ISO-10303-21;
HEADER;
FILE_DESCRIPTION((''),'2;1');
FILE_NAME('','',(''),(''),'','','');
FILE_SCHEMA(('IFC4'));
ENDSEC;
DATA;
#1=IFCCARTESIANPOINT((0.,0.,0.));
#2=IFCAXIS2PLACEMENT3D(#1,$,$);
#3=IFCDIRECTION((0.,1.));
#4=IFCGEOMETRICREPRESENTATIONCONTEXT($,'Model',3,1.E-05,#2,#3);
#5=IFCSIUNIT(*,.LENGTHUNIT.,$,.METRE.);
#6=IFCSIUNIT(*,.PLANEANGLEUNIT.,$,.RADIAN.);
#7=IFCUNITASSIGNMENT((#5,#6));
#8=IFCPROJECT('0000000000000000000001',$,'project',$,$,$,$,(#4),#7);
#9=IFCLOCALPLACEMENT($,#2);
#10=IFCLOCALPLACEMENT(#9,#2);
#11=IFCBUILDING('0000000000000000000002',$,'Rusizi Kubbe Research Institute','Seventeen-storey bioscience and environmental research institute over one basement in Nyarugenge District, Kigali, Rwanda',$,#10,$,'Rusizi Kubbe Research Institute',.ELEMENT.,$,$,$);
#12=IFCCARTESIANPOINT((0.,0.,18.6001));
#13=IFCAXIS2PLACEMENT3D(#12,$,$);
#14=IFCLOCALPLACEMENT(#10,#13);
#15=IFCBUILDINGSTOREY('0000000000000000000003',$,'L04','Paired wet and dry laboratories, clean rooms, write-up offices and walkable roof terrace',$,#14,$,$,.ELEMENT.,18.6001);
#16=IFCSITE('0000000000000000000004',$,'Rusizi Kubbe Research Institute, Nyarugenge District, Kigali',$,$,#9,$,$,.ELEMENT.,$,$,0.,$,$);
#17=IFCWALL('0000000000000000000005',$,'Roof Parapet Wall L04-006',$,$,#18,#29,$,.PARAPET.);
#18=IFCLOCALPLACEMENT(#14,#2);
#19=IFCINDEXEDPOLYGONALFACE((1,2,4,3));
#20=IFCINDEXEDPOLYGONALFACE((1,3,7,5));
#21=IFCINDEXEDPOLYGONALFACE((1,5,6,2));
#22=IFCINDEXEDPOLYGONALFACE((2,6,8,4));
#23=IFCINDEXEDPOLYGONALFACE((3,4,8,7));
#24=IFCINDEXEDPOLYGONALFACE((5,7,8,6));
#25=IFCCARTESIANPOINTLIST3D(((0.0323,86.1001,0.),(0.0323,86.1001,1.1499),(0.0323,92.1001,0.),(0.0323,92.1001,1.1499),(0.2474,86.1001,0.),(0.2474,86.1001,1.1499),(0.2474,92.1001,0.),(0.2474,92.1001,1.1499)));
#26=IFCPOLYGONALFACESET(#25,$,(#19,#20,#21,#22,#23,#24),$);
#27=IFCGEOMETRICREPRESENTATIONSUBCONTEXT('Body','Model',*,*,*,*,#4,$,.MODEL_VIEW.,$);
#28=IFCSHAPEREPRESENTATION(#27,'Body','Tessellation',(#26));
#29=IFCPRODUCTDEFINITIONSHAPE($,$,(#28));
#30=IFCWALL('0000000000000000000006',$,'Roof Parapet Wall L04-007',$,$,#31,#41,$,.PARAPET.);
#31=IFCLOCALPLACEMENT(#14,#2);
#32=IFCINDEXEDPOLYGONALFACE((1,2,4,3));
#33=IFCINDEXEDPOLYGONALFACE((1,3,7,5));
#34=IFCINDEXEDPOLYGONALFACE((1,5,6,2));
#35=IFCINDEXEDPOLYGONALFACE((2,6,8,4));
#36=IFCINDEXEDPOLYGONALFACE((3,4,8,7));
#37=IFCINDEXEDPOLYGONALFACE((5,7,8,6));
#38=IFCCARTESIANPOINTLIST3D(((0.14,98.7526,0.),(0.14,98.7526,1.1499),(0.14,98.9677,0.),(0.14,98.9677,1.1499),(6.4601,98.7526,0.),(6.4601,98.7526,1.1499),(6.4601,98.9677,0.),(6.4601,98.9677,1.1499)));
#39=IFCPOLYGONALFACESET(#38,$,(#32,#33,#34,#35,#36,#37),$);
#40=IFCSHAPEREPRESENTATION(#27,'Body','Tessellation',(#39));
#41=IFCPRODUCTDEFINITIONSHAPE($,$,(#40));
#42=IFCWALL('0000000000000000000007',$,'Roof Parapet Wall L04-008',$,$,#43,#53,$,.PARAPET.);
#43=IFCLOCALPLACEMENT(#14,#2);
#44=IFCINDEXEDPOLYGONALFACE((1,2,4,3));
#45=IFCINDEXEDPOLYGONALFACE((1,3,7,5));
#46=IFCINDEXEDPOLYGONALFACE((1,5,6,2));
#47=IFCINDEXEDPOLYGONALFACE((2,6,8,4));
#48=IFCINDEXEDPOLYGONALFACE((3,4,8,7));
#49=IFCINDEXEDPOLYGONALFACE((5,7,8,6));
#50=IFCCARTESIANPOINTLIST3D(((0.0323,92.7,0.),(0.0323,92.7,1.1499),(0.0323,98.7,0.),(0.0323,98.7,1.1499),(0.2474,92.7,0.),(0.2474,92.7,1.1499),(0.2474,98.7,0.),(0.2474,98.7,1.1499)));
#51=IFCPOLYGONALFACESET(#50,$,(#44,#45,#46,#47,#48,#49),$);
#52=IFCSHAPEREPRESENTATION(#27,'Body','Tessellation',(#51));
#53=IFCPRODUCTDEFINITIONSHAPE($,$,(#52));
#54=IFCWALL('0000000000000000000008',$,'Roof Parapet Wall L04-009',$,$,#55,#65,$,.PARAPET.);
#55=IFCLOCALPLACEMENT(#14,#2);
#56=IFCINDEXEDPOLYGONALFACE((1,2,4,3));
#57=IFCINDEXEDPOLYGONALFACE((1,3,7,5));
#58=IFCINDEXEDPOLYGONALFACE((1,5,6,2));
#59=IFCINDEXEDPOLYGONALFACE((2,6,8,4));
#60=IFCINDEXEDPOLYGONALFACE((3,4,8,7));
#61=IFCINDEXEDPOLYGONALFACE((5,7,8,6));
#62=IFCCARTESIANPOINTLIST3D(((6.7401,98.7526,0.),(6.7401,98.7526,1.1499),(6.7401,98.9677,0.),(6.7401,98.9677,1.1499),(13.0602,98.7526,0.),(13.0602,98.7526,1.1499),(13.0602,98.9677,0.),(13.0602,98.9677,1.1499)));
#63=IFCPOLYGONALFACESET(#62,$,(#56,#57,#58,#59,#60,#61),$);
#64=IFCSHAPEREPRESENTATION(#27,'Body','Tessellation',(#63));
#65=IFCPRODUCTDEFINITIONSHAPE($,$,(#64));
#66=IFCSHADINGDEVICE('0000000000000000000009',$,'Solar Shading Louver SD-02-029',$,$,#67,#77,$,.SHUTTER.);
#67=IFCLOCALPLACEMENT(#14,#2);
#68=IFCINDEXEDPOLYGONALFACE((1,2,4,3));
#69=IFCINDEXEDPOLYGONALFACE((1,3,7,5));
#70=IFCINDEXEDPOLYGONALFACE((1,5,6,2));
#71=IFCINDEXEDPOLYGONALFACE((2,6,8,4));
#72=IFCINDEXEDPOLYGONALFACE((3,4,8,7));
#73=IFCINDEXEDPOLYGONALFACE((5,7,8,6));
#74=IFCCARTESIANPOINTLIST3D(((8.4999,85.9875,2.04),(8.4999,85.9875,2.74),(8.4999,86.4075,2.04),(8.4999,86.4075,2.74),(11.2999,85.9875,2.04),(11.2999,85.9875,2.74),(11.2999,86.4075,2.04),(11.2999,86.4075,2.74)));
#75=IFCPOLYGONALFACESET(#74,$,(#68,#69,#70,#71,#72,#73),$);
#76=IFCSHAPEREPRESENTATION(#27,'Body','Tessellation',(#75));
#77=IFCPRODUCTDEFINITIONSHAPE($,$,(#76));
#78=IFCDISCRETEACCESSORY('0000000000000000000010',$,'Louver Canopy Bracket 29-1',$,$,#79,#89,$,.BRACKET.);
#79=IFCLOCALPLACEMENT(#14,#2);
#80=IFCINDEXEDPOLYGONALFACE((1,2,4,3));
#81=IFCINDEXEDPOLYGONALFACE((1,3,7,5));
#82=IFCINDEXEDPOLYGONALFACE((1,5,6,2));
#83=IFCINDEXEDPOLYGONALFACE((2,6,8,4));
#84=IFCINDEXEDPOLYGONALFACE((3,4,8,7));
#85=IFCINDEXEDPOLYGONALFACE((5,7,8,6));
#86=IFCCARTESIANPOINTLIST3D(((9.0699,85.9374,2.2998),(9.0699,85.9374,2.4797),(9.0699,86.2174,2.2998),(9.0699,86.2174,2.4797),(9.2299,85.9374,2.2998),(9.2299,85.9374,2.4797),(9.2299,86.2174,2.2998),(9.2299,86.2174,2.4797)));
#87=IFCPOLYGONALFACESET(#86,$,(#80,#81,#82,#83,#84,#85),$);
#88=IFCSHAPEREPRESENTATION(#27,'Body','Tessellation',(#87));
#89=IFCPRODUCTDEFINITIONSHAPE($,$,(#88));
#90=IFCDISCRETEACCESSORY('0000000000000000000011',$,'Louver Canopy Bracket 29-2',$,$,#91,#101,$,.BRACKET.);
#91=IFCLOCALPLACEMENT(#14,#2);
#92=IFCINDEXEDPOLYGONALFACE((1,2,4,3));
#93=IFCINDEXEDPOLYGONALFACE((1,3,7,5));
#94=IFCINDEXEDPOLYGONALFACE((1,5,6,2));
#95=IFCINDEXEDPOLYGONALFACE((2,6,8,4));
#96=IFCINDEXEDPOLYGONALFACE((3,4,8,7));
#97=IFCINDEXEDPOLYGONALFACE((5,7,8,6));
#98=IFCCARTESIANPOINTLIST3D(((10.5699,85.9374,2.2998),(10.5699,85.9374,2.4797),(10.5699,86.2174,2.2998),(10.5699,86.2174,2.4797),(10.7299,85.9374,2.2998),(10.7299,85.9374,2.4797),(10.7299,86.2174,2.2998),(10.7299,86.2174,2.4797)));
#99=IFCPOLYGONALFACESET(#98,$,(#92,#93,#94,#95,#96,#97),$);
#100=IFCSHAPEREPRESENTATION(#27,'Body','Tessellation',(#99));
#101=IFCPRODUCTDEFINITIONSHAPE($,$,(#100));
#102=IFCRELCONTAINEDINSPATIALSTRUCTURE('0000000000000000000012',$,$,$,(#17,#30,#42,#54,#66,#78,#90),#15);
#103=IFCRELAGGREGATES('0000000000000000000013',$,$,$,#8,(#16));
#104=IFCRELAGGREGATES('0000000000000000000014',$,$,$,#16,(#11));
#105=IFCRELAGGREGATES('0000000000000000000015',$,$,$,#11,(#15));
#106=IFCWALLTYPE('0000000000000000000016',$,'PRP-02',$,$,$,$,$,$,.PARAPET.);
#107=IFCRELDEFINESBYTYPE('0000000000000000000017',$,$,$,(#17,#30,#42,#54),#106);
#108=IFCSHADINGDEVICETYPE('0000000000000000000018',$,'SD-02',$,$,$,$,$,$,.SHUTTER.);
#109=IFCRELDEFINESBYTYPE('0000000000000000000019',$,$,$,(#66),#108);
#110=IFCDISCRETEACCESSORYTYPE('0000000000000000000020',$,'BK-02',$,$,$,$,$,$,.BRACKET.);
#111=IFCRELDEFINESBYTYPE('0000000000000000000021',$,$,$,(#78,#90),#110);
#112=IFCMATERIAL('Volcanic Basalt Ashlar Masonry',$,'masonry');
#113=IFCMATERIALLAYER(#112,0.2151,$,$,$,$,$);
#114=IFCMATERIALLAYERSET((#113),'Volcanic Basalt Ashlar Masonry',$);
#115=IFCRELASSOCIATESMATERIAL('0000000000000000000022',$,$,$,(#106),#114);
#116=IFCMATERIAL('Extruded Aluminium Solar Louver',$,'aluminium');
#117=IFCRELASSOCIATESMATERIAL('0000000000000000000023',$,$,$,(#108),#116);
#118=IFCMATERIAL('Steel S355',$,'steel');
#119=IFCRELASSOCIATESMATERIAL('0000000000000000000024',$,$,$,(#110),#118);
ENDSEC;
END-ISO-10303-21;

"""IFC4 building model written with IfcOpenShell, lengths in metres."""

from ifc_helpers import new_model, si_unit, direction, frame, frame_2d, origin, origin_2d, place, context, subcontext, project, spatial, rectangle, extrude, material, layer, layer_set, type_object, element, save


model = new_model("IFC4")

# Units and contexts
model_context = context("Model", 3, precision=1e-05, world=origin(), true_north=direction((0.0, 1.0)))
body_context = subcontext(model_context, "Body", "Model", "MODEL_VIEW")
ifc_project = project(units=[si_unit("LENGTHUNIT", "METRE"), si_unit("PLANEANGLEUNIT", "RADIAN")], contexts=[model_context])

# Site, building, storey
site_placement = place(None, origin())
site = spatial("IfcSite", under=ifc_project, at=site_placement, Name="Rusizi Kubbe Research Institute, Nyarugenge District, Kigali", CompositionType="ELEMENT", RefElevation=0.0)
building_placement = place(site_placement, origin())
building = spatial("IfcBuilding", under=site, at=building_placement, Name="Rusizi Kubbe Research Institute", Description="Seventeen-storey bioscience and environmental research institute over one basement in Nyarugenge District, Kigali, Rwanda", LongName="Rusizi Kubbe Research Institute", CompositionType="ELEMENT")
storey_placement = place(building_placement, frame((0.0, 0.0, 18.6001)))
storey = spatial("IfcBuildingStorey", under=building, at=storey_placement, Name="L04", Description="Paired wet and dry laboratories, clean rooms, write-up offices and walkable roof terrace", CompositionType="ELEMENT", Elevation=18.6001)

# Walls
ifc_material_1 = material(Name="Volcanic Basalt Ashlar Masonry", Category="masonry")
ifc_layer_1 = layer(ifc_material_1, 0.2151)
ifc_layer_set_1 = layer_set([ifc_layer_1], Name="Volcanic Basalt Ashlar Masonry")
wall_type_1 = type_object("IfcWallType", Name="PRP-02", PredefinedType="PARAPET", material=ifc_layer_set_1)
wall_1_placement = place(storey_placement, frame((0.1399, 86.1001, 0.0), z_axis=(0.0, 0.0, 1.0), x_axis=(0.0, 1.0, 0.0)))
element("IfcWall", 1, at=wall_1_placement, inside=storey, type_object=wall_type_1, Name="Roof Parapet Wall L04-006", PredefinedType="PARAPET", context=body_context, shape_type="SweptSolid", body=[
    extrude(rectangle(XDim=6.0, YDim=0.2151, at=frame_2d((3.0, 0.0))), origin(), (0.0, 0.0, 1.0), 1.1499),
])
wall_2_placement = place(storey_placement, frame((0.1399, 98.8601, 0.0), z_axis=(0.0, 0.0, 1.0), x_axis=(1.0, 0.0, 0.0)))
element("IfcWall", 2, at=wall_2_placement, inside=storey, type_object=wall_type_1, Name="Roof Parapet Wall L04-007", PredefinedType="PARAPET", context=body_context, shape_type="SweptSolid", body=[
    extrude(rectangle(XDim=6.3201, YDim=0.2151, at=frame_2d((3.1602, 0.0))), origin(), (0.0, 0.0, 1.0), 1.1499),
])
wall_3_placement = place(storey_placement, frame((0.1399, 92.7, 0.0), z_axis=(0.0, 0.0, 1.0), x_axis=(0.0, 1.0, 0.0)))
element("IfcWall", 3, at=wall_3_placement, inside=storey, type_object=wall_type_1, Name="Roof Parapet Wall L04-008", PredefinedType="PARAPET", context=body_context, shape_type="SweptSolid", body=[
    extrude(rectangle(XDim=6.0, YDim=0.2151, at=frame_2d((3.0, 0.0))), origin(), (0.0, 0.0, 1.0), 1.1499),
])
wall_4_placement = place(storey_placement, frame((6.74, 98.8601, 0.0), z_axis=(0.0, 0.0, 1.0), x_axis=(1.0, 0.0, 0.0)))
element("IfcWall", 4, at=wall_4_placement, inside=storey, type_object=wall_type_1, Name="Roof Parapet Wall L04-009", PredefinedType="PARAPET", context=body_context, shape_type="SweptSolid", body=[
    extrude(rectangle(XDim=6.3201, YDim=0.2151, at=frame_2d((3.1602, 0.0))), origin(), (0.0, 0.0, 1.0), 1.1499),
])

# Shading device
ifc_material_2 = material(Name="Extruded Aluminium Solar Louver", Category="aluminium")
shading_device_type = type_object("IfcShadingDeviceType", Name="SD-02", PredefinedType="SHUTTER", material=ifc_material_2)
shading_device_placement = place(storey_placement, frame((9.8999, 86.1975, 2.04), z_axis=(0.0, 0.0, 1.0), x_axis=(1.0, 0.0, 0.0)))
element("IfcShadingDevice", 5, at=shading_device_placement, inside=storey, type_object=shading_device_type, Name="Solar Shading Louver SD-02-029", PredefinedType="SHUTTER", context=body_context, shape_type="SweptSolid", body=[
    extrude(rectangle(XDim=2.8, YDim=0.4199, at=origin_2d()), origin(), (0.0, 0.0, 1.0), 0.7),
])

# Discrete accessories
ifc_material_3 = material(Name="Steel S355", Category="steel")
discrete_accessory_type = type_object("IfcDiscreteAccessoryType", Name="BK-02", PredefinedType="BRACKET", material=ifc_material_3)
for number, where, z_axis, x_axis, name in (
    (6, (9.1499, 86.0774, 2.2998), (0.0, 0.0, 1.0), (1.0, 0.0, 0.0), "Louver Canopy Bracket 29-1"),
    (7, (10.6499, 86.0774, 2.2998), (0.0, 0.0, 1.0), (1.0, 0.0, 0.0), "Louver Canopy Bracket 29-2"),
):
    element("IfcDiscreteAccessory", number, at=place(storey_placement, frame(where, z_axis=z_axis, x_axis=x_axis)), inside=storey, type_object=discrete_accessory_type, Name=name, PredefinedType="BRACKET", context=body_context, shape_type="SweptSolid", body=[
        extrude(rectangle(XDim=0.1599, YDim=0.28, at=origin_2d()), origin(), (0.0, 0.0, 1.0), 0.1799),
    ])

save(model, "model.ifc")
